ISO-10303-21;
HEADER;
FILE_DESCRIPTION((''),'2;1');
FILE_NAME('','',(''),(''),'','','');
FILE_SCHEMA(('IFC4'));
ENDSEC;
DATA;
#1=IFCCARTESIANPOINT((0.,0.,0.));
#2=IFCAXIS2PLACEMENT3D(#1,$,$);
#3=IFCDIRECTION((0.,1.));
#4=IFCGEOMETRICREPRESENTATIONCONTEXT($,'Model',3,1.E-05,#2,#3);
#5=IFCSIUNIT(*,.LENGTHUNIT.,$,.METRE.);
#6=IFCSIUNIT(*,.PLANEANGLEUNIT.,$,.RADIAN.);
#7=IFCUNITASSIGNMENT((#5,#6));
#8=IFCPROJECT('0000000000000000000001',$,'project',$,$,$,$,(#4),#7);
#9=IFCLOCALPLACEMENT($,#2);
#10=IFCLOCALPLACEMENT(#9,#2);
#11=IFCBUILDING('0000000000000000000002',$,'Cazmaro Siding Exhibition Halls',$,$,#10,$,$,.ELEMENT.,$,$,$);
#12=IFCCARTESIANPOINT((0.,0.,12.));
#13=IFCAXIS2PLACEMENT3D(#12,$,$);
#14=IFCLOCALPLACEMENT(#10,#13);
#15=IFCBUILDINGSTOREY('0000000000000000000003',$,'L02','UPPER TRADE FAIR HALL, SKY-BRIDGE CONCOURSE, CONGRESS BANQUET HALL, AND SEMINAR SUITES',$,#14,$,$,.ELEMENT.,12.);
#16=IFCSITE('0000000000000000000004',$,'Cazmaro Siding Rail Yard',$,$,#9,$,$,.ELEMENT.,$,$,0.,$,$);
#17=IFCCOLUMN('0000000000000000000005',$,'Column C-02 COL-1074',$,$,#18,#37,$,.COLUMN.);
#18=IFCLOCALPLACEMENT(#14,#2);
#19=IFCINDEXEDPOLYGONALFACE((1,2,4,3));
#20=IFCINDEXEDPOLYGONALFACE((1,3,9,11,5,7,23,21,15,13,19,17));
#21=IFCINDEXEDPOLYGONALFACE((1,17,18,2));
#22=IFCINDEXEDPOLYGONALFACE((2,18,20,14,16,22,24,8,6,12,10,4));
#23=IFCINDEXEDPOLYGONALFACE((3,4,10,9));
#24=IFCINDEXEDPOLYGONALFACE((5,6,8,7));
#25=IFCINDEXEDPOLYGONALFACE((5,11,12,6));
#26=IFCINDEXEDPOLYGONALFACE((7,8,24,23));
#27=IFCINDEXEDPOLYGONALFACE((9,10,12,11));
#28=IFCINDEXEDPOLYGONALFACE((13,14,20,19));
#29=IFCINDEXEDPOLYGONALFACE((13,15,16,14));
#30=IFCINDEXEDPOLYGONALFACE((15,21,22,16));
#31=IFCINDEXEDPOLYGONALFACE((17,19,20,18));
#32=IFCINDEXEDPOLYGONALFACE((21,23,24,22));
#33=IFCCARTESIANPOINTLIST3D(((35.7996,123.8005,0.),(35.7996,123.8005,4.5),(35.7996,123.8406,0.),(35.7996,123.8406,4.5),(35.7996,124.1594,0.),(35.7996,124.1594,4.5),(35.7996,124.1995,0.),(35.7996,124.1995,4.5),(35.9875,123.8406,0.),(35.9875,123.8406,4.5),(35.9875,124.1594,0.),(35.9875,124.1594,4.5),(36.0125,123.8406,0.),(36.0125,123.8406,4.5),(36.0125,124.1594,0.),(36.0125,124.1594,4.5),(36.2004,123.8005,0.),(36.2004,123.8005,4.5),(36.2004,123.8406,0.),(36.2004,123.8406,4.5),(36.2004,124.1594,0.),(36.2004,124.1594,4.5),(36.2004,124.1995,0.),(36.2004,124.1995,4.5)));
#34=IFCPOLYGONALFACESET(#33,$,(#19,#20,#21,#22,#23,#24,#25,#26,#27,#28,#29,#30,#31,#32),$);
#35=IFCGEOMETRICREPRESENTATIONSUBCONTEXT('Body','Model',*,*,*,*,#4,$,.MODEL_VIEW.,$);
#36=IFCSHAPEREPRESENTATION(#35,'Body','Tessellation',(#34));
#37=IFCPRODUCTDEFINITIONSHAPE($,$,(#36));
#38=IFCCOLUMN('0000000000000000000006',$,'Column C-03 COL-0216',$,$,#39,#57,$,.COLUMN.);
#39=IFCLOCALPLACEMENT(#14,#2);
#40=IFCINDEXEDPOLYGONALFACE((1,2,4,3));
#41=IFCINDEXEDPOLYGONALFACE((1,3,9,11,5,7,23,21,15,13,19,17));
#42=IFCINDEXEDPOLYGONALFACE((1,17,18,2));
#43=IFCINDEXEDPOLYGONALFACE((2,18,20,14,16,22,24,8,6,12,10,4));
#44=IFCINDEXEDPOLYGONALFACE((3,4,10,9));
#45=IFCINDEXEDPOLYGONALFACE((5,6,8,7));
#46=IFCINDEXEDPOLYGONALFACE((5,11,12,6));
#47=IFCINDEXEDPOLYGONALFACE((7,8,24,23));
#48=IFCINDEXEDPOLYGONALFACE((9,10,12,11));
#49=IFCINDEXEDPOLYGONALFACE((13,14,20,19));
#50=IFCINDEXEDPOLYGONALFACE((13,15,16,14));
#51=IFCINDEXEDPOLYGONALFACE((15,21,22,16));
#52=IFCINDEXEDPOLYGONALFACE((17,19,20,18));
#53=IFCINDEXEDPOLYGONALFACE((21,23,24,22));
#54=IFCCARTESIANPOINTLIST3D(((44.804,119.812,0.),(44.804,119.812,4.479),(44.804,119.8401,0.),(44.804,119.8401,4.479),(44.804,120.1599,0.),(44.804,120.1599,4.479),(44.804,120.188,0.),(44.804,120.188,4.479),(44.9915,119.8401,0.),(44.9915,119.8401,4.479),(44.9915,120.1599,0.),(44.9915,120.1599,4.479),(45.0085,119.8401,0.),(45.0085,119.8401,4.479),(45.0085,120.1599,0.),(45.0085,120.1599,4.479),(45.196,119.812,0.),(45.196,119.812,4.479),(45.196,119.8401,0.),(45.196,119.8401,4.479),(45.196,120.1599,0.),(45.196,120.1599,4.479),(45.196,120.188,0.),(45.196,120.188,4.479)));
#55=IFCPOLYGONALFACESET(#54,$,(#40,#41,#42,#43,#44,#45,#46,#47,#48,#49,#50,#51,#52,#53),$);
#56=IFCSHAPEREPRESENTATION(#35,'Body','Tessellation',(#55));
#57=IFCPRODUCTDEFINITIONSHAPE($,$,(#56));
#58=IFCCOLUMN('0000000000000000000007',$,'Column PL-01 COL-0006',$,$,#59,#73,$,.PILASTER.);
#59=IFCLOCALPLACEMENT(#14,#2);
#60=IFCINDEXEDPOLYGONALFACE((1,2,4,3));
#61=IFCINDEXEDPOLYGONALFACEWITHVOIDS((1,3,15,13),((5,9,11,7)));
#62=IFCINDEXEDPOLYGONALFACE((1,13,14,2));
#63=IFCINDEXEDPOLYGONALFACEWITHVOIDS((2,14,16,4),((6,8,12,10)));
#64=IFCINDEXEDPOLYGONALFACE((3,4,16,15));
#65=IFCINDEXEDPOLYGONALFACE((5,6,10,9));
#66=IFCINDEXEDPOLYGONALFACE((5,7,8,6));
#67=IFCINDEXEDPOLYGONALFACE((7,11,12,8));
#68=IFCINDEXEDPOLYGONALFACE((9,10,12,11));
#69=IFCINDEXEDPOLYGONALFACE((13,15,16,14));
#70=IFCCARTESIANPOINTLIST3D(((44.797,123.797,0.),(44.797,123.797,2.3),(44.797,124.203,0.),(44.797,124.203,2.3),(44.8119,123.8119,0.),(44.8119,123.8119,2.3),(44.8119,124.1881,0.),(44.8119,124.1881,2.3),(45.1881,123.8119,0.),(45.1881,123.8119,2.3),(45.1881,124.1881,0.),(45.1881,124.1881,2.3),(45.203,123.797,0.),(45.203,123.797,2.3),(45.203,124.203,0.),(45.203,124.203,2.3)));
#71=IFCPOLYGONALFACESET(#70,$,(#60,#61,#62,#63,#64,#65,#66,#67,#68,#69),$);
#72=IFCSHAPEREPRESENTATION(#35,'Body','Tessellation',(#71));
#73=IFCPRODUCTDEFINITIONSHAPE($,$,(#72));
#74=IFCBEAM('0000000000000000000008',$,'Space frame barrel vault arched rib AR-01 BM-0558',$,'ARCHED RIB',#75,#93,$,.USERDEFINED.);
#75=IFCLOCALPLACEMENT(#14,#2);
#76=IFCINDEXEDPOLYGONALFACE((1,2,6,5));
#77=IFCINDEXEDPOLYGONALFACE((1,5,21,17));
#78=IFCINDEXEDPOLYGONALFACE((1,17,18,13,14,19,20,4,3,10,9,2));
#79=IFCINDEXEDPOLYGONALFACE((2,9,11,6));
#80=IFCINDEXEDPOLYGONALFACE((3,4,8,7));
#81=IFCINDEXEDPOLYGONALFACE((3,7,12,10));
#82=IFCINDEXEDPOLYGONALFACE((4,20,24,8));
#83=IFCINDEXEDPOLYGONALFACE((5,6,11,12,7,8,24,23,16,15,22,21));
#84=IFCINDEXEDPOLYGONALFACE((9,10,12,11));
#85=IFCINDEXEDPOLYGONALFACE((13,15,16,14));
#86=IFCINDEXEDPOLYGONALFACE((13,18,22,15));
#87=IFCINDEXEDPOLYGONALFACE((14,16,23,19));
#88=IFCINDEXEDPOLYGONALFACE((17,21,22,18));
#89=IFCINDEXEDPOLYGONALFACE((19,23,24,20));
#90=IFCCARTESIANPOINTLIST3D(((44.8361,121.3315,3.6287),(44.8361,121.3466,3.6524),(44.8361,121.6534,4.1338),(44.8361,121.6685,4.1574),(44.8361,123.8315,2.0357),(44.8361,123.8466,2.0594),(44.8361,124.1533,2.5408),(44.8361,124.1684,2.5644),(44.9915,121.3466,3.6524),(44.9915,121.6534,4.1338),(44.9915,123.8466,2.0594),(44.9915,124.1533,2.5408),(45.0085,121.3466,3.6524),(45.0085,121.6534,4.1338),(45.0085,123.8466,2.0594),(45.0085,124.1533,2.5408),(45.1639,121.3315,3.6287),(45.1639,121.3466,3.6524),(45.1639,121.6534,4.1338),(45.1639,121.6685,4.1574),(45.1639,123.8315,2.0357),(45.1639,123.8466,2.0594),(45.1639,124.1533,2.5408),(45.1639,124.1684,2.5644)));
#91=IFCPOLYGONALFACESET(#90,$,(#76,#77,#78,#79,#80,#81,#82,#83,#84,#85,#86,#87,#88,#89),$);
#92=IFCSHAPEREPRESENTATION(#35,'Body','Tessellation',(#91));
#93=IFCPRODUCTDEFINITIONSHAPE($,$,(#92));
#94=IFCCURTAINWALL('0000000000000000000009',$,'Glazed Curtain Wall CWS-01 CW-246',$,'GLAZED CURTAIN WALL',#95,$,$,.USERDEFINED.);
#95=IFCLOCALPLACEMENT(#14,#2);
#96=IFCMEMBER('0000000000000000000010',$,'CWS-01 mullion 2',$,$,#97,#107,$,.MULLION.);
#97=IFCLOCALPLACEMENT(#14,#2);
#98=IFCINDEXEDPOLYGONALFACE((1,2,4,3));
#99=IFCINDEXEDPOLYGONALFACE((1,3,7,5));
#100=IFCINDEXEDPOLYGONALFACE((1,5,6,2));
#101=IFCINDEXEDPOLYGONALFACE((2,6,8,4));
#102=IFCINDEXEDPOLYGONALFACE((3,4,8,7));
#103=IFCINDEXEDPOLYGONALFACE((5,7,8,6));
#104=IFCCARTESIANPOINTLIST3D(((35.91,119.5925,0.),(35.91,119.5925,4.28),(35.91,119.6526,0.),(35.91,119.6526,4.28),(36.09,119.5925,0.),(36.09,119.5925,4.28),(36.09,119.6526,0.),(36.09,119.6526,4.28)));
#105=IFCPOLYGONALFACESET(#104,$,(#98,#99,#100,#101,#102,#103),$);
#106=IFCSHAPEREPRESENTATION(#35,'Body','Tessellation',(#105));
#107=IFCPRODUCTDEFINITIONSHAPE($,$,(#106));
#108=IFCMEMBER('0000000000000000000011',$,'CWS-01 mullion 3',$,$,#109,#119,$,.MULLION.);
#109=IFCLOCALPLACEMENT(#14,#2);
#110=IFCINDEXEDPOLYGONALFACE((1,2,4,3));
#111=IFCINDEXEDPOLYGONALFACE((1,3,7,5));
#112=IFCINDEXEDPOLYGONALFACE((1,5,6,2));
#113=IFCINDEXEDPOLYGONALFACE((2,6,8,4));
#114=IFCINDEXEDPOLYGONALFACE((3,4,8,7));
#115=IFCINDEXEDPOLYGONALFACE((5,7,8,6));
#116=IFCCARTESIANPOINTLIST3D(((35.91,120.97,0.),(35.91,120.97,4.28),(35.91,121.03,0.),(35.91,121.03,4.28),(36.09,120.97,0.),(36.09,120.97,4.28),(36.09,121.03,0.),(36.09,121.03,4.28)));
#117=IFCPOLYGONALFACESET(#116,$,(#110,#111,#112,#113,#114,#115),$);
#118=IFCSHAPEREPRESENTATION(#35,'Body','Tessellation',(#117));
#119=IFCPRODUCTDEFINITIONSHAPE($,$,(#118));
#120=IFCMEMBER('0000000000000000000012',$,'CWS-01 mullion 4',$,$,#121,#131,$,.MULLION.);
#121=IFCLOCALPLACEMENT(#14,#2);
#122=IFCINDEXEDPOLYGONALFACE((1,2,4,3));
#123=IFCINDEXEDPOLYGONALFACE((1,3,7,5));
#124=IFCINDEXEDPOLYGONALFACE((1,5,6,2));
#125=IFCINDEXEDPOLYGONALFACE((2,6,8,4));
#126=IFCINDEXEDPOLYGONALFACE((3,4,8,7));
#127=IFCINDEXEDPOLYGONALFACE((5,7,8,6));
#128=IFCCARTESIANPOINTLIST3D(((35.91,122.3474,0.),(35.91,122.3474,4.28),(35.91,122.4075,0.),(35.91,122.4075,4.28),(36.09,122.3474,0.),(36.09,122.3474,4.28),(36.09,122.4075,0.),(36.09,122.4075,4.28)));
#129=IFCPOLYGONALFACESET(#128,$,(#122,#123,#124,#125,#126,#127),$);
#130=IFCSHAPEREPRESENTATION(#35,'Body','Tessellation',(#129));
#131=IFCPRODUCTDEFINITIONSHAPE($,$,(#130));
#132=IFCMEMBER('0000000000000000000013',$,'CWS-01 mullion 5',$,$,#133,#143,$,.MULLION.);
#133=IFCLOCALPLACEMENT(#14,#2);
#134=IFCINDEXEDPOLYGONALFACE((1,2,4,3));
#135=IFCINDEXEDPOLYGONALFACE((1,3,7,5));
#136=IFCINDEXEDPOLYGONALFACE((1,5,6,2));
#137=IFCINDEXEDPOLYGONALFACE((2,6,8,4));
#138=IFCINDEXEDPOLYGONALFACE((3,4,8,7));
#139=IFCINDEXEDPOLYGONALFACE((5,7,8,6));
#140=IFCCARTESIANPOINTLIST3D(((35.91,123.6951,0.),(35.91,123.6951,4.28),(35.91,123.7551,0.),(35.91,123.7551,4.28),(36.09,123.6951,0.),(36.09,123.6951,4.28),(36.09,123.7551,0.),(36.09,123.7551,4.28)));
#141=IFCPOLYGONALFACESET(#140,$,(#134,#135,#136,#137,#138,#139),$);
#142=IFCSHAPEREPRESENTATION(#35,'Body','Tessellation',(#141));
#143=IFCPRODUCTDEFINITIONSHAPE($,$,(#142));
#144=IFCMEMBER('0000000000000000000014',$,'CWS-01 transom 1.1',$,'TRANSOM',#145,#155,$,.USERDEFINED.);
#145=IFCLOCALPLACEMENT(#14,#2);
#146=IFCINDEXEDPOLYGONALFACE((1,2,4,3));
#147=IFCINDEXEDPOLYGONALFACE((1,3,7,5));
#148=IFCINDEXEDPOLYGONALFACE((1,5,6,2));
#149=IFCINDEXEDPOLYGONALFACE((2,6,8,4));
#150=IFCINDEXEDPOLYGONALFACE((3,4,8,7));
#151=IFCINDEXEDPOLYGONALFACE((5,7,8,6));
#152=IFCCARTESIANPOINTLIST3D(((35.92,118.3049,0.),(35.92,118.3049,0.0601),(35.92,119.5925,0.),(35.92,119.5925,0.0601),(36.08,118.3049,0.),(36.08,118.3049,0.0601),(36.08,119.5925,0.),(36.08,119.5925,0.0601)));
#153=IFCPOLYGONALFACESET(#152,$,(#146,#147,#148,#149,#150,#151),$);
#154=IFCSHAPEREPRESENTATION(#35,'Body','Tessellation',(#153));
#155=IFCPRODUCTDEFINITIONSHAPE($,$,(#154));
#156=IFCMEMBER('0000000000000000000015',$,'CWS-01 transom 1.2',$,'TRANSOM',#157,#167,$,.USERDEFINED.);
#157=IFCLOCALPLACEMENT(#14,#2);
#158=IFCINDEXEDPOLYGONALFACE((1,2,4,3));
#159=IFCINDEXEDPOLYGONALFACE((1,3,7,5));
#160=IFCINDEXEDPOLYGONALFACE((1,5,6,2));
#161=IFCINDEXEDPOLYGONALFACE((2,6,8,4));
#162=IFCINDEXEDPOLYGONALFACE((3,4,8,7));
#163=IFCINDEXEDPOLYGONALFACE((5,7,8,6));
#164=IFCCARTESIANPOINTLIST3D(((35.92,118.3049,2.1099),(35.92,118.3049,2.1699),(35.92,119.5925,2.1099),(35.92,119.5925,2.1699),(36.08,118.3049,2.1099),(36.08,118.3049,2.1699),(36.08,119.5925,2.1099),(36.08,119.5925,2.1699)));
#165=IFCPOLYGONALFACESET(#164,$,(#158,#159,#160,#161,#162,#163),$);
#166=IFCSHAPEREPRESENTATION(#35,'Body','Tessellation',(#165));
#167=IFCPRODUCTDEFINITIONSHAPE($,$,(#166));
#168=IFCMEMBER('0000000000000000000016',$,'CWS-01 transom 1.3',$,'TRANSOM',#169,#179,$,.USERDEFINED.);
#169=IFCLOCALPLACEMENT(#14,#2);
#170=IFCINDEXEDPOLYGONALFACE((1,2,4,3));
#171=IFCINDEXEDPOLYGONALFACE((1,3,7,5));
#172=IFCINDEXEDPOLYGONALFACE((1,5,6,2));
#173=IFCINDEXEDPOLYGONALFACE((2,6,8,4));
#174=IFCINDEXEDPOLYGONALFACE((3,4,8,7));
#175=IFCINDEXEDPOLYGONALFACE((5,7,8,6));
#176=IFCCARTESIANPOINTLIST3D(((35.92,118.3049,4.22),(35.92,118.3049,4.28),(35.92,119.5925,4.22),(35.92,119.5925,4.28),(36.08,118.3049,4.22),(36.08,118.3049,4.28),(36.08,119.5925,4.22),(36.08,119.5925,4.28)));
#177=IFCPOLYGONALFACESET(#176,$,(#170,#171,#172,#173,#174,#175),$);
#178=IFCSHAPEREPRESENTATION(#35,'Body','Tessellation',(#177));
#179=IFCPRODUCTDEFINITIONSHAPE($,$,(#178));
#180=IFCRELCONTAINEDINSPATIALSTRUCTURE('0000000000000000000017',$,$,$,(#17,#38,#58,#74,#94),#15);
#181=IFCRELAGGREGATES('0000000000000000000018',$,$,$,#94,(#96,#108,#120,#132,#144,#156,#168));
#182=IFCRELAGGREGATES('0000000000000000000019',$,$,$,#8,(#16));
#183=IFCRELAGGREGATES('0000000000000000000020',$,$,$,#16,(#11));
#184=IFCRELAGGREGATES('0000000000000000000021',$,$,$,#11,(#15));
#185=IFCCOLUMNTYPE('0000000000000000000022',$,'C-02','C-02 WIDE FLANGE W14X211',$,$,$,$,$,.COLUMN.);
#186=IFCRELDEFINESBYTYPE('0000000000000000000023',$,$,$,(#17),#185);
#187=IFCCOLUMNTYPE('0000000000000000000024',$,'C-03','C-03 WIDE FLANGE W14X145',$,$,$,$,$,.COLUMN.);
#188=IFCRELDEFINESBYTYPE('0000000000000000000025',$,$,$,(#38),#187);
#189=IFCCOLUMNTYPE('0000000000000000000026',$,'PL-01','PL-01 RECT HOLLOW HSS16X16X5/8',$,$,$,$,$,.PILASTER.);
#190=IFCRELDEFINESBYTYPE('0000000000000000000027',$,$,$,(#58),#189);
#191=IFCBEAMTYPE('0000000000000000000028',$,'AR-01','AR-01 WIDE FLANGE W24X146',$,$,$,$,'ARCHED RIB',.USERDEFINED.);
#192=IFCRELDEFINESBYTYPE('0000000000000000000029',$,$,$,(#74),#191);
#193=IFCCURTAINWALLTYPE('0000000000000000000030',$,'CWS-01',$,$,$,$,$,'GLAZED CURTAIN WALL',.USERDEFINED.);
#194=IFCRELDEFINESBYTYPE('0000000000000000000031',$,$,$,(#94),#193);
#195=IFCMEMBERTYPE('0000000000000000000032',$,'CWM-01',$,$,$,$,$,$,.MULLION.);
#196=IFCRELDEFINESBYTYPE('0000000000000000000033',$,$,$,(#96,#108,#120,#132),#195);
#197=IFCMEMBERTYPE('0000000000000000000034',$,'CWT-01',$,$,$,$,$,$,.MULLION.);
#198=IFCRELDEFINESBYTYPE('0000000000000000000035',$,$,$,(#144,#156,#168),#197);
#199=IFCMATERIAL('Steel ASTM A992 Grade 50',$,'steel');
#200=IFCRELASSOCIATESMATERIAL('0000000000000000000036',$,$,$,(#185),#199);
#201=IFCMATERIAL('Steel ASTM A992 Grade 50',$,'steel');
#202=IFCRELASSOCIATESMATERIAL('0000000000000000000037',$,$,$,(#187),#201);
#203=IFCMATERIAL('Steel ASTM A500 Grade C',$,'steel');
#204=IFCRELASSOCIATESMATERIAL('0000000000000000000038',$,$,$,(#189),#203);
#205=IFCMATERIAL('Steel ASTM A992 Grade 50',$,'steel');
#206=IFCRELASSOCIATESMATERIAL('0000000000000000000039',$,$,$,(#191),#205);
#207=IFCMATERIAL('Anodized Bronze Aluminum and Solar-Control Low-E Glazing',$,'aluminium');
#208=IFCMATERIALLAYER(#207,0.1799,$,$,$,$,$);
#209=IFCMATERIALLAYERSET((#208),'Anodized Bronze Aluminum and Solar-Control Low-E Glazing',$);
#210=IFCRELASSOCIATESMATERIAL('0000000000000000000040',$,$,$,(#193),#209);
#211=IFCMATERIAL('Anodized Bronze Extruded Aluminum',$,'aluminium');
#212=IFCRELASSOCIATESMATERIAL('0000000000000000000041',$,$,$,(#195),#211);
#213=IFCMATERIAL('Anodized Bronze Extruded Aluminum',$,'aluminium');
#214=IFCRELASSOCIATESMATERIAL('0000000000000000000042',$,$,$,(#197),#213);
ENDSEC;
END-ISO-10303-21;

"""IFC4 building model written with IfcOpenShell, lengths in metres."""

from ifc_helpers import new_model, si_unit, direction, frame, origin, origin_2d, place, context, subcontext, project, spatial, rectangle, hollow_rectangle, i_section, extrude, material, layer, layer_set, material_profile, profile_set, type_object, element, aggregate, save


model = new_model("IFC4")

# Units and contexts
model_context = context("Model", 3, precision=1e-05, world=origin(), true_north=direction((0.0, 1.0)))
body_context = subcontext(model_context, "Body", "Model", "MODEL_VIEW")
ifc_project = project(units=[si_unit("LENGTHUNIT", "METRE"), si_unit("PLANEANGLEUNIT", "RADIAN")], contexts=[model_context])

# Site, building, storey
site_placement = place(None, origin())
site = spatial("IfcSite", under=ifc_project, at=site_placement, Name="Cazmaro Siding Rail Yard", CompositionType="ELEMENT", RefElevation=0.0)
building_placement = place(site_placement, origin())
building = spatial("IfcBuilding", under=site, at=building_placement, Name="Cazmaro Siding Exhibition Halls", CompositionType="ELEMENT")
storey_placement = place(building_placement, frame((0.0, 0.0, 12.0)))
storey = spatial("IfcBuildingStorey", under=building, at=storey_placement, Name="L02", Description="UPPER TRADE FAIR HALL, SKY-BRIDGE CONCOURSE, CONGRESS BANQUET HALL, AND SEMINAR SUITES", CompositionType="ELEMENT", Elevation=12.0)

# Columns
ifc_material_1 = material(Name="Steel ASTM A992 Grade 50", Category="steel")
ifc_material_profile_1 = material_profile(ifc_material_1, i_section(OverallWidth=0.4009, OverallDepth=0.3989, WebThickness=0.0249, FlangeThickness=0.04, at=origin_2d()), Name="W14X211")
ifc_profile_set_1 = profile_set([ifc_material_profile_1], Name="Steel ASTM A992 Grade 50")
column_type_1 = type_object("IfcColumnType", Name="C-02", Description="C-02 WIDE FLANGE W14X211", PredefinedType="COLUMN", material=ifc_profile_set_1)
column_1_placement = place(storey_placement, frame((36.0, 124.0, 0.0), z_axis=(0.0, 0.0, 1.0), x_axis=(1.0, 0.0, 0.0)))
element("IfcColumn", 1, at=column_1_placement, inside=storey, type_object=column_type_1, Name="Column C-02 COL-1074", PredefinedType="COLUMN", context=body_context, shape_type="SweptSolid", body=[
    extrude(i_section(OverallWidth=0.4009, OverallDepth=0.3989, WebThickness=0.0249, FlangeThickness=0.04, at=origin_2d()), origin(), (0.0, 0.0, 1.0), 4.5),
])
ifc_material_2 = material(Name="Steel ASTM A992 Grade 50", Category="steel")
ifc_material_profile_2 = material_profile(ifc_material_2, i_section(OverallWidth=0.3921, OverallDepth=0.376, WebThickness=0.0171, FlangeThickness=0.0281, at=origin_2d()), Name="W14X145")
ifc_profile_set_2 = profile_set([ifc_material_profile_2], Name="Steel ASTM A992 Grade 50")
column_type_2 = type_object("IfcColumnType", Name="C-03", Description="C-03 WIDE FLANGE W14X145", PredefinedType="COLUMN", material=ifc_profile_set_2)
column_2_placement = place(storey_placement, frame((45.0, 120.0, 0.0), z_axis=(0.0, 0.0, 1.0), x_axis=(1.0, 0.0, 0.0)))
element("IfcColumn", 2, at=column_2_placement, inside=storey, type_object=column_type_2, Name="Column C-03 COL-0216", PredefinedType="COLUMN", context=body_context, shape_type="SweptSolid", body=[
    extrude(i_section(OverallWidth=0.3921, OverallDepth=0.376, WebThickness=0.0171, FlangeThickness=0.0281, at=origin_2d()), origin(), (0.0, 0.0, 1.0), 4.479),
])
ifc_material_3 = material(Name="Steel ASTM A500 Grade C", Category="steel")
ifc_material_profile_3 = material_profile(ifc_material_3, hollow_rectangle(XDim=0.406, YDim=0.406, WallThickness=0.0149, at=origin_2d()), Name="HSS16X16X5/8")
ifc_profile_set_3 = profile_set([ifc_material_profile_3], Name="Steel ASTM A500 Grade C")
column_type_3 = type_object("IfcColumnType", Name="PL-01", Description="PL-01 RECT HOLLOW HSS16X16X5/8", PredefinedType="PILASTER", material=ifc_profile_set_3)
column_3_placement = place(storey_placement, frame((45.0, 124.0, 0.0), z_axis=(0.0, 0.0, 1.0), x_axis=(1.0, 0.0, 0.0)))
element("IfcColumn", 3, at=column_3_placement, inside=storey, type_object=column_type_3, Name="Column PL-01 COL-0006", PredefinedType="PILASTER", context=body_context, shape_type="SweptSolid", body=[
    extrude(hollow_rectangle(XDim=0.406, YDim=0.406, WallThickness=0.0149, at=origin_2d()), origin(), (0.0, 0.0, 1.0), 2.3),
])

# Beam
ifc_material_4 = material(Name="Steel ASTM A992 Grade 50", Category="steel")
ifc_material_profile_4 = material_profile(ifc_material_4, i_section(OverallWidth=0.3279, OverallDepth=0.627, WebThickness=0.0171, FlangeThickness=0.0281, at=origin_2d()), Name="W24X146")
ifc_profile_set_4 = profile_set([ifc_material_profile_4], Name="Steel ASTM A992 Grade 50")
beam_type_1 = type_object("IfcBeamType", Name="AR-01", Description="AR-01 WIDE FLANGE W24X146", ElementType="ARCHED RIB", PredefinedType="USERDEFINED", material=ifc_profile_set_4)
beam_1_placement = place(storey_placement, frame((45.0, 121.5, 3.8931), z_axis=(0.0, 0.843339, -0.537382), x_axis=(-1.0, 0.0, 0.0)))
element("IfcBeam", 4, at=beam_1_placement, inside=storey, type_object=beam_type_1, Name="Space frame barrel vault arched rib AR-01 BM-0558", ObjectType="ARCHED RIB", PredefinedType="USERDEFINED", context=body_context, shape_type="SweptSolid", body=[
    extrude(i_section(OverallWidth=0.3279, OverallDepth=0.627, WebThickness=0.0171, FlangeThickness=0.0281, at=origin_2d()), origin(), (0.0, 0.0, 1.0), 2.9644),
])

# Curtain wall, members
ifc_material_5 = material(Name="Anodized Bronze Aluminum and Solar-Control Low-E Glazing", Category="aluminium")
ifc_layer_1 = layer(ifc_material_5, 0.1799)
ifc_layer_set_1 = layer_set([ifc_layer_1], Name="Anodized Bronze Aluminum and Solar-Control Low-E Glazing")
curtain_wall_type = type_object("IfcCurtainWallType", Name="CWS-01", ElementType="GLAZED CURTAIN WALL", PredefinedType="USERDEFINED", material=ifc_layer_set_1)
curtain_wall_placement = place(storey_placement, origin())
curtain_wall = element("IfcCurtainWall", 5, at=curtain_wall_placement, inside=storey, type_object=curtain_wall_type, Name="Glazed Curtain Wall CWS-01 CW-246", ObjectType="GLAZED CURTAIN WALL", PredefinedType="USERDEFINED")
ifc_material_6 = material(Name="Anodized Bronze Extruded Aluminum", Category="aluminium")
ifc_material_profile_5 = material_profile(ifc_material_6, rectangle(XDim=0.1799, YDim=0.0601, at=origin_2d()), Name="CWM-01")
ifc_profile_set_5 = profile_set([ifc_material_profile_5], Name="Anodized Bronze Extruded Aluminum")
member_type_1 = type_object("IfcMemberType", Name="CWM-01", PredefinedType="MULLION", material=ifc_profile_set_5)
member_1_placement = place(storey_placement, frame((36.0, 119.6226, 0.0), z_axis=(0.0, 0.0, 1.0), x_axis=(-1.0, 0.0, 0.0)))
member_1 = element("IfcMember", 6, at=member_1_placement, type_object=member_type_1, Name="CWS-01 mullion 2", PredefinedType="MULLION", context=body_context, shape_type="SweptSolid", body=[
    extrude(rectangle(XDim=0.1799, YDim=0.0601, at=origin_2d()), origin(), (0.0, 0.0, 1.0), 4.28),
])
member_2_placement = place(storey_placement, frame((36.0, 121.0, 0.0), z_axis=(0.0, 0.0, 1.0), x_axis=(-1.0, 0.0, 0.0)))
member_2 = element("IfcMember", 7, at=member_2_placement, type_object=member_type_1, Name="CWS-01 mullion 3", PredefinedType="MULLION", context=body_context, shape_type="SweptSolid", body=[
    extrude(rectangle(XDim=0.1799, YDim=0.0601, at=origin_2d()), origin(), (0.0, 0.0, 1.0), 4.28),
])
member_3_placement = place(storey_placement, frame((36.0, 122.3774, 0.0), z_axis=(0.0, 0.0, 1.0), x_axis=(-1.0, 0.0, 0.0)))
member_3 = element("IfcMember", 8, at=member_3_placement, type_object=member_type_1, Name="CWS-01 mullion 4", PredefinedType="MULLION", context=body_context, shape_type="SweptSolid", body=[
    extrude(rectangle(XDim=0.1799, YDim=0.0601, at=origin_2d()), origin(), (0.0, 0.0, 1.0), 4.28),
])
member_4_placement = place(storey_placement, frame((36.0, 123.7251, 0.0), z_axis=(0.0, 0.0, 1.0), x_axis=(-1.0, 0.0, 0.0)))
member_4 = element("IfcMember", 9, at=member_4_placement, type_object=member_type_1, Name="CWS-01 mullion 5", PredefinedType="MULLION", context=body_context, shape_type="SweptSolid", body=[
    extrude(rectangle(XDim=0.1799, YDim=0.0601, at=origin_2d()), origin(), (0.0, 0.0, 1.0), 4.28),
])
ifc_material_7 = material(Name="Anodized Bronze Extruded Aluminum", Category="aluminium")
ifc_material_profile_6 = material_profile(ifc_material_7, rectangle(XDim=0.1599, YDim=0.0601, at=origin_2d()), Name="CWT-01")
ifc_profile_set_6 = profile_set([ifc_material_profile_6], Name="Anodized Bronze Extruded Aluminum")
member_type_2 = type_object("IfcMemberType", Name="CWT-01", PredefinedType="MULLION", material=ifc_profile_set_6)
member_5_placement = place(storey_placement, frame((36.0, 118.3049, 0.03), z_axis=(0.0, 1.0, 0.0), x_axis=(-1.0, 0.0, 0.0)))
member_5 = element("IfcMember", 10, at=member_5_placement, type_object=member_type_2, Name="CWS-01 transom 1.1", ObjectType="TRANSOM", PredefinedType="USERDEFINED", context=body_context, shape_type="SweptSolid", body=[
    extrude(rectangle(XDim=0.1599, YDim=0.0601, at=origin_2d()), origin(), (0.0, 0.0, 1.0), 1.2876),
])
member_6_placement = place(storey_placement, frame((36.0, 118.3049, 2.1399), z_axis=(0.0, 1.0, 0.0), x_axis=(-1.0, 0.0, 0.0)))
member_6 = element("IfcMember", 11, at=member_6_placement, type_object=member_type_2, Name="CWS-01 transom 1.2", ObjectType="TRANSOM", PredefinedType="USERDEFINED", context=body_context, shape_type="SweptSolid", body=[
    extrude(rectangle(XDim=0.1599, YDim=0.0601, at=origin_2d()), origin(), (0.0, 0.0, 1.0), 1.2876),
])
member_7_placement = place(storey_placement, frame((36.0, 118.3049, 4.25), z_axis=(0.0, 1.0, 0.0), x_axis=(-1.0, 0.0, 0.0)))
member_7 = element("IfcMember", 12, at=member_7_placement, type_object=member_type_2, Name="CWS-01 transom 1.3", ObjectType="TRANSOM", PredefinedType="USERDEFINED", context=body_context, shape_type="SweptSolid", body=[
    extrude(rectangle(XDim=0.1599, YDim=0.0601, at=origin_2d()), origin(), (0.0, 0.0, 1.0), 1.2876),
])

aggregate(curtain_wall, [member_1, member_2, member_3, member_4, member_5, member_6, member_7])

save(model, "model.ifc")
